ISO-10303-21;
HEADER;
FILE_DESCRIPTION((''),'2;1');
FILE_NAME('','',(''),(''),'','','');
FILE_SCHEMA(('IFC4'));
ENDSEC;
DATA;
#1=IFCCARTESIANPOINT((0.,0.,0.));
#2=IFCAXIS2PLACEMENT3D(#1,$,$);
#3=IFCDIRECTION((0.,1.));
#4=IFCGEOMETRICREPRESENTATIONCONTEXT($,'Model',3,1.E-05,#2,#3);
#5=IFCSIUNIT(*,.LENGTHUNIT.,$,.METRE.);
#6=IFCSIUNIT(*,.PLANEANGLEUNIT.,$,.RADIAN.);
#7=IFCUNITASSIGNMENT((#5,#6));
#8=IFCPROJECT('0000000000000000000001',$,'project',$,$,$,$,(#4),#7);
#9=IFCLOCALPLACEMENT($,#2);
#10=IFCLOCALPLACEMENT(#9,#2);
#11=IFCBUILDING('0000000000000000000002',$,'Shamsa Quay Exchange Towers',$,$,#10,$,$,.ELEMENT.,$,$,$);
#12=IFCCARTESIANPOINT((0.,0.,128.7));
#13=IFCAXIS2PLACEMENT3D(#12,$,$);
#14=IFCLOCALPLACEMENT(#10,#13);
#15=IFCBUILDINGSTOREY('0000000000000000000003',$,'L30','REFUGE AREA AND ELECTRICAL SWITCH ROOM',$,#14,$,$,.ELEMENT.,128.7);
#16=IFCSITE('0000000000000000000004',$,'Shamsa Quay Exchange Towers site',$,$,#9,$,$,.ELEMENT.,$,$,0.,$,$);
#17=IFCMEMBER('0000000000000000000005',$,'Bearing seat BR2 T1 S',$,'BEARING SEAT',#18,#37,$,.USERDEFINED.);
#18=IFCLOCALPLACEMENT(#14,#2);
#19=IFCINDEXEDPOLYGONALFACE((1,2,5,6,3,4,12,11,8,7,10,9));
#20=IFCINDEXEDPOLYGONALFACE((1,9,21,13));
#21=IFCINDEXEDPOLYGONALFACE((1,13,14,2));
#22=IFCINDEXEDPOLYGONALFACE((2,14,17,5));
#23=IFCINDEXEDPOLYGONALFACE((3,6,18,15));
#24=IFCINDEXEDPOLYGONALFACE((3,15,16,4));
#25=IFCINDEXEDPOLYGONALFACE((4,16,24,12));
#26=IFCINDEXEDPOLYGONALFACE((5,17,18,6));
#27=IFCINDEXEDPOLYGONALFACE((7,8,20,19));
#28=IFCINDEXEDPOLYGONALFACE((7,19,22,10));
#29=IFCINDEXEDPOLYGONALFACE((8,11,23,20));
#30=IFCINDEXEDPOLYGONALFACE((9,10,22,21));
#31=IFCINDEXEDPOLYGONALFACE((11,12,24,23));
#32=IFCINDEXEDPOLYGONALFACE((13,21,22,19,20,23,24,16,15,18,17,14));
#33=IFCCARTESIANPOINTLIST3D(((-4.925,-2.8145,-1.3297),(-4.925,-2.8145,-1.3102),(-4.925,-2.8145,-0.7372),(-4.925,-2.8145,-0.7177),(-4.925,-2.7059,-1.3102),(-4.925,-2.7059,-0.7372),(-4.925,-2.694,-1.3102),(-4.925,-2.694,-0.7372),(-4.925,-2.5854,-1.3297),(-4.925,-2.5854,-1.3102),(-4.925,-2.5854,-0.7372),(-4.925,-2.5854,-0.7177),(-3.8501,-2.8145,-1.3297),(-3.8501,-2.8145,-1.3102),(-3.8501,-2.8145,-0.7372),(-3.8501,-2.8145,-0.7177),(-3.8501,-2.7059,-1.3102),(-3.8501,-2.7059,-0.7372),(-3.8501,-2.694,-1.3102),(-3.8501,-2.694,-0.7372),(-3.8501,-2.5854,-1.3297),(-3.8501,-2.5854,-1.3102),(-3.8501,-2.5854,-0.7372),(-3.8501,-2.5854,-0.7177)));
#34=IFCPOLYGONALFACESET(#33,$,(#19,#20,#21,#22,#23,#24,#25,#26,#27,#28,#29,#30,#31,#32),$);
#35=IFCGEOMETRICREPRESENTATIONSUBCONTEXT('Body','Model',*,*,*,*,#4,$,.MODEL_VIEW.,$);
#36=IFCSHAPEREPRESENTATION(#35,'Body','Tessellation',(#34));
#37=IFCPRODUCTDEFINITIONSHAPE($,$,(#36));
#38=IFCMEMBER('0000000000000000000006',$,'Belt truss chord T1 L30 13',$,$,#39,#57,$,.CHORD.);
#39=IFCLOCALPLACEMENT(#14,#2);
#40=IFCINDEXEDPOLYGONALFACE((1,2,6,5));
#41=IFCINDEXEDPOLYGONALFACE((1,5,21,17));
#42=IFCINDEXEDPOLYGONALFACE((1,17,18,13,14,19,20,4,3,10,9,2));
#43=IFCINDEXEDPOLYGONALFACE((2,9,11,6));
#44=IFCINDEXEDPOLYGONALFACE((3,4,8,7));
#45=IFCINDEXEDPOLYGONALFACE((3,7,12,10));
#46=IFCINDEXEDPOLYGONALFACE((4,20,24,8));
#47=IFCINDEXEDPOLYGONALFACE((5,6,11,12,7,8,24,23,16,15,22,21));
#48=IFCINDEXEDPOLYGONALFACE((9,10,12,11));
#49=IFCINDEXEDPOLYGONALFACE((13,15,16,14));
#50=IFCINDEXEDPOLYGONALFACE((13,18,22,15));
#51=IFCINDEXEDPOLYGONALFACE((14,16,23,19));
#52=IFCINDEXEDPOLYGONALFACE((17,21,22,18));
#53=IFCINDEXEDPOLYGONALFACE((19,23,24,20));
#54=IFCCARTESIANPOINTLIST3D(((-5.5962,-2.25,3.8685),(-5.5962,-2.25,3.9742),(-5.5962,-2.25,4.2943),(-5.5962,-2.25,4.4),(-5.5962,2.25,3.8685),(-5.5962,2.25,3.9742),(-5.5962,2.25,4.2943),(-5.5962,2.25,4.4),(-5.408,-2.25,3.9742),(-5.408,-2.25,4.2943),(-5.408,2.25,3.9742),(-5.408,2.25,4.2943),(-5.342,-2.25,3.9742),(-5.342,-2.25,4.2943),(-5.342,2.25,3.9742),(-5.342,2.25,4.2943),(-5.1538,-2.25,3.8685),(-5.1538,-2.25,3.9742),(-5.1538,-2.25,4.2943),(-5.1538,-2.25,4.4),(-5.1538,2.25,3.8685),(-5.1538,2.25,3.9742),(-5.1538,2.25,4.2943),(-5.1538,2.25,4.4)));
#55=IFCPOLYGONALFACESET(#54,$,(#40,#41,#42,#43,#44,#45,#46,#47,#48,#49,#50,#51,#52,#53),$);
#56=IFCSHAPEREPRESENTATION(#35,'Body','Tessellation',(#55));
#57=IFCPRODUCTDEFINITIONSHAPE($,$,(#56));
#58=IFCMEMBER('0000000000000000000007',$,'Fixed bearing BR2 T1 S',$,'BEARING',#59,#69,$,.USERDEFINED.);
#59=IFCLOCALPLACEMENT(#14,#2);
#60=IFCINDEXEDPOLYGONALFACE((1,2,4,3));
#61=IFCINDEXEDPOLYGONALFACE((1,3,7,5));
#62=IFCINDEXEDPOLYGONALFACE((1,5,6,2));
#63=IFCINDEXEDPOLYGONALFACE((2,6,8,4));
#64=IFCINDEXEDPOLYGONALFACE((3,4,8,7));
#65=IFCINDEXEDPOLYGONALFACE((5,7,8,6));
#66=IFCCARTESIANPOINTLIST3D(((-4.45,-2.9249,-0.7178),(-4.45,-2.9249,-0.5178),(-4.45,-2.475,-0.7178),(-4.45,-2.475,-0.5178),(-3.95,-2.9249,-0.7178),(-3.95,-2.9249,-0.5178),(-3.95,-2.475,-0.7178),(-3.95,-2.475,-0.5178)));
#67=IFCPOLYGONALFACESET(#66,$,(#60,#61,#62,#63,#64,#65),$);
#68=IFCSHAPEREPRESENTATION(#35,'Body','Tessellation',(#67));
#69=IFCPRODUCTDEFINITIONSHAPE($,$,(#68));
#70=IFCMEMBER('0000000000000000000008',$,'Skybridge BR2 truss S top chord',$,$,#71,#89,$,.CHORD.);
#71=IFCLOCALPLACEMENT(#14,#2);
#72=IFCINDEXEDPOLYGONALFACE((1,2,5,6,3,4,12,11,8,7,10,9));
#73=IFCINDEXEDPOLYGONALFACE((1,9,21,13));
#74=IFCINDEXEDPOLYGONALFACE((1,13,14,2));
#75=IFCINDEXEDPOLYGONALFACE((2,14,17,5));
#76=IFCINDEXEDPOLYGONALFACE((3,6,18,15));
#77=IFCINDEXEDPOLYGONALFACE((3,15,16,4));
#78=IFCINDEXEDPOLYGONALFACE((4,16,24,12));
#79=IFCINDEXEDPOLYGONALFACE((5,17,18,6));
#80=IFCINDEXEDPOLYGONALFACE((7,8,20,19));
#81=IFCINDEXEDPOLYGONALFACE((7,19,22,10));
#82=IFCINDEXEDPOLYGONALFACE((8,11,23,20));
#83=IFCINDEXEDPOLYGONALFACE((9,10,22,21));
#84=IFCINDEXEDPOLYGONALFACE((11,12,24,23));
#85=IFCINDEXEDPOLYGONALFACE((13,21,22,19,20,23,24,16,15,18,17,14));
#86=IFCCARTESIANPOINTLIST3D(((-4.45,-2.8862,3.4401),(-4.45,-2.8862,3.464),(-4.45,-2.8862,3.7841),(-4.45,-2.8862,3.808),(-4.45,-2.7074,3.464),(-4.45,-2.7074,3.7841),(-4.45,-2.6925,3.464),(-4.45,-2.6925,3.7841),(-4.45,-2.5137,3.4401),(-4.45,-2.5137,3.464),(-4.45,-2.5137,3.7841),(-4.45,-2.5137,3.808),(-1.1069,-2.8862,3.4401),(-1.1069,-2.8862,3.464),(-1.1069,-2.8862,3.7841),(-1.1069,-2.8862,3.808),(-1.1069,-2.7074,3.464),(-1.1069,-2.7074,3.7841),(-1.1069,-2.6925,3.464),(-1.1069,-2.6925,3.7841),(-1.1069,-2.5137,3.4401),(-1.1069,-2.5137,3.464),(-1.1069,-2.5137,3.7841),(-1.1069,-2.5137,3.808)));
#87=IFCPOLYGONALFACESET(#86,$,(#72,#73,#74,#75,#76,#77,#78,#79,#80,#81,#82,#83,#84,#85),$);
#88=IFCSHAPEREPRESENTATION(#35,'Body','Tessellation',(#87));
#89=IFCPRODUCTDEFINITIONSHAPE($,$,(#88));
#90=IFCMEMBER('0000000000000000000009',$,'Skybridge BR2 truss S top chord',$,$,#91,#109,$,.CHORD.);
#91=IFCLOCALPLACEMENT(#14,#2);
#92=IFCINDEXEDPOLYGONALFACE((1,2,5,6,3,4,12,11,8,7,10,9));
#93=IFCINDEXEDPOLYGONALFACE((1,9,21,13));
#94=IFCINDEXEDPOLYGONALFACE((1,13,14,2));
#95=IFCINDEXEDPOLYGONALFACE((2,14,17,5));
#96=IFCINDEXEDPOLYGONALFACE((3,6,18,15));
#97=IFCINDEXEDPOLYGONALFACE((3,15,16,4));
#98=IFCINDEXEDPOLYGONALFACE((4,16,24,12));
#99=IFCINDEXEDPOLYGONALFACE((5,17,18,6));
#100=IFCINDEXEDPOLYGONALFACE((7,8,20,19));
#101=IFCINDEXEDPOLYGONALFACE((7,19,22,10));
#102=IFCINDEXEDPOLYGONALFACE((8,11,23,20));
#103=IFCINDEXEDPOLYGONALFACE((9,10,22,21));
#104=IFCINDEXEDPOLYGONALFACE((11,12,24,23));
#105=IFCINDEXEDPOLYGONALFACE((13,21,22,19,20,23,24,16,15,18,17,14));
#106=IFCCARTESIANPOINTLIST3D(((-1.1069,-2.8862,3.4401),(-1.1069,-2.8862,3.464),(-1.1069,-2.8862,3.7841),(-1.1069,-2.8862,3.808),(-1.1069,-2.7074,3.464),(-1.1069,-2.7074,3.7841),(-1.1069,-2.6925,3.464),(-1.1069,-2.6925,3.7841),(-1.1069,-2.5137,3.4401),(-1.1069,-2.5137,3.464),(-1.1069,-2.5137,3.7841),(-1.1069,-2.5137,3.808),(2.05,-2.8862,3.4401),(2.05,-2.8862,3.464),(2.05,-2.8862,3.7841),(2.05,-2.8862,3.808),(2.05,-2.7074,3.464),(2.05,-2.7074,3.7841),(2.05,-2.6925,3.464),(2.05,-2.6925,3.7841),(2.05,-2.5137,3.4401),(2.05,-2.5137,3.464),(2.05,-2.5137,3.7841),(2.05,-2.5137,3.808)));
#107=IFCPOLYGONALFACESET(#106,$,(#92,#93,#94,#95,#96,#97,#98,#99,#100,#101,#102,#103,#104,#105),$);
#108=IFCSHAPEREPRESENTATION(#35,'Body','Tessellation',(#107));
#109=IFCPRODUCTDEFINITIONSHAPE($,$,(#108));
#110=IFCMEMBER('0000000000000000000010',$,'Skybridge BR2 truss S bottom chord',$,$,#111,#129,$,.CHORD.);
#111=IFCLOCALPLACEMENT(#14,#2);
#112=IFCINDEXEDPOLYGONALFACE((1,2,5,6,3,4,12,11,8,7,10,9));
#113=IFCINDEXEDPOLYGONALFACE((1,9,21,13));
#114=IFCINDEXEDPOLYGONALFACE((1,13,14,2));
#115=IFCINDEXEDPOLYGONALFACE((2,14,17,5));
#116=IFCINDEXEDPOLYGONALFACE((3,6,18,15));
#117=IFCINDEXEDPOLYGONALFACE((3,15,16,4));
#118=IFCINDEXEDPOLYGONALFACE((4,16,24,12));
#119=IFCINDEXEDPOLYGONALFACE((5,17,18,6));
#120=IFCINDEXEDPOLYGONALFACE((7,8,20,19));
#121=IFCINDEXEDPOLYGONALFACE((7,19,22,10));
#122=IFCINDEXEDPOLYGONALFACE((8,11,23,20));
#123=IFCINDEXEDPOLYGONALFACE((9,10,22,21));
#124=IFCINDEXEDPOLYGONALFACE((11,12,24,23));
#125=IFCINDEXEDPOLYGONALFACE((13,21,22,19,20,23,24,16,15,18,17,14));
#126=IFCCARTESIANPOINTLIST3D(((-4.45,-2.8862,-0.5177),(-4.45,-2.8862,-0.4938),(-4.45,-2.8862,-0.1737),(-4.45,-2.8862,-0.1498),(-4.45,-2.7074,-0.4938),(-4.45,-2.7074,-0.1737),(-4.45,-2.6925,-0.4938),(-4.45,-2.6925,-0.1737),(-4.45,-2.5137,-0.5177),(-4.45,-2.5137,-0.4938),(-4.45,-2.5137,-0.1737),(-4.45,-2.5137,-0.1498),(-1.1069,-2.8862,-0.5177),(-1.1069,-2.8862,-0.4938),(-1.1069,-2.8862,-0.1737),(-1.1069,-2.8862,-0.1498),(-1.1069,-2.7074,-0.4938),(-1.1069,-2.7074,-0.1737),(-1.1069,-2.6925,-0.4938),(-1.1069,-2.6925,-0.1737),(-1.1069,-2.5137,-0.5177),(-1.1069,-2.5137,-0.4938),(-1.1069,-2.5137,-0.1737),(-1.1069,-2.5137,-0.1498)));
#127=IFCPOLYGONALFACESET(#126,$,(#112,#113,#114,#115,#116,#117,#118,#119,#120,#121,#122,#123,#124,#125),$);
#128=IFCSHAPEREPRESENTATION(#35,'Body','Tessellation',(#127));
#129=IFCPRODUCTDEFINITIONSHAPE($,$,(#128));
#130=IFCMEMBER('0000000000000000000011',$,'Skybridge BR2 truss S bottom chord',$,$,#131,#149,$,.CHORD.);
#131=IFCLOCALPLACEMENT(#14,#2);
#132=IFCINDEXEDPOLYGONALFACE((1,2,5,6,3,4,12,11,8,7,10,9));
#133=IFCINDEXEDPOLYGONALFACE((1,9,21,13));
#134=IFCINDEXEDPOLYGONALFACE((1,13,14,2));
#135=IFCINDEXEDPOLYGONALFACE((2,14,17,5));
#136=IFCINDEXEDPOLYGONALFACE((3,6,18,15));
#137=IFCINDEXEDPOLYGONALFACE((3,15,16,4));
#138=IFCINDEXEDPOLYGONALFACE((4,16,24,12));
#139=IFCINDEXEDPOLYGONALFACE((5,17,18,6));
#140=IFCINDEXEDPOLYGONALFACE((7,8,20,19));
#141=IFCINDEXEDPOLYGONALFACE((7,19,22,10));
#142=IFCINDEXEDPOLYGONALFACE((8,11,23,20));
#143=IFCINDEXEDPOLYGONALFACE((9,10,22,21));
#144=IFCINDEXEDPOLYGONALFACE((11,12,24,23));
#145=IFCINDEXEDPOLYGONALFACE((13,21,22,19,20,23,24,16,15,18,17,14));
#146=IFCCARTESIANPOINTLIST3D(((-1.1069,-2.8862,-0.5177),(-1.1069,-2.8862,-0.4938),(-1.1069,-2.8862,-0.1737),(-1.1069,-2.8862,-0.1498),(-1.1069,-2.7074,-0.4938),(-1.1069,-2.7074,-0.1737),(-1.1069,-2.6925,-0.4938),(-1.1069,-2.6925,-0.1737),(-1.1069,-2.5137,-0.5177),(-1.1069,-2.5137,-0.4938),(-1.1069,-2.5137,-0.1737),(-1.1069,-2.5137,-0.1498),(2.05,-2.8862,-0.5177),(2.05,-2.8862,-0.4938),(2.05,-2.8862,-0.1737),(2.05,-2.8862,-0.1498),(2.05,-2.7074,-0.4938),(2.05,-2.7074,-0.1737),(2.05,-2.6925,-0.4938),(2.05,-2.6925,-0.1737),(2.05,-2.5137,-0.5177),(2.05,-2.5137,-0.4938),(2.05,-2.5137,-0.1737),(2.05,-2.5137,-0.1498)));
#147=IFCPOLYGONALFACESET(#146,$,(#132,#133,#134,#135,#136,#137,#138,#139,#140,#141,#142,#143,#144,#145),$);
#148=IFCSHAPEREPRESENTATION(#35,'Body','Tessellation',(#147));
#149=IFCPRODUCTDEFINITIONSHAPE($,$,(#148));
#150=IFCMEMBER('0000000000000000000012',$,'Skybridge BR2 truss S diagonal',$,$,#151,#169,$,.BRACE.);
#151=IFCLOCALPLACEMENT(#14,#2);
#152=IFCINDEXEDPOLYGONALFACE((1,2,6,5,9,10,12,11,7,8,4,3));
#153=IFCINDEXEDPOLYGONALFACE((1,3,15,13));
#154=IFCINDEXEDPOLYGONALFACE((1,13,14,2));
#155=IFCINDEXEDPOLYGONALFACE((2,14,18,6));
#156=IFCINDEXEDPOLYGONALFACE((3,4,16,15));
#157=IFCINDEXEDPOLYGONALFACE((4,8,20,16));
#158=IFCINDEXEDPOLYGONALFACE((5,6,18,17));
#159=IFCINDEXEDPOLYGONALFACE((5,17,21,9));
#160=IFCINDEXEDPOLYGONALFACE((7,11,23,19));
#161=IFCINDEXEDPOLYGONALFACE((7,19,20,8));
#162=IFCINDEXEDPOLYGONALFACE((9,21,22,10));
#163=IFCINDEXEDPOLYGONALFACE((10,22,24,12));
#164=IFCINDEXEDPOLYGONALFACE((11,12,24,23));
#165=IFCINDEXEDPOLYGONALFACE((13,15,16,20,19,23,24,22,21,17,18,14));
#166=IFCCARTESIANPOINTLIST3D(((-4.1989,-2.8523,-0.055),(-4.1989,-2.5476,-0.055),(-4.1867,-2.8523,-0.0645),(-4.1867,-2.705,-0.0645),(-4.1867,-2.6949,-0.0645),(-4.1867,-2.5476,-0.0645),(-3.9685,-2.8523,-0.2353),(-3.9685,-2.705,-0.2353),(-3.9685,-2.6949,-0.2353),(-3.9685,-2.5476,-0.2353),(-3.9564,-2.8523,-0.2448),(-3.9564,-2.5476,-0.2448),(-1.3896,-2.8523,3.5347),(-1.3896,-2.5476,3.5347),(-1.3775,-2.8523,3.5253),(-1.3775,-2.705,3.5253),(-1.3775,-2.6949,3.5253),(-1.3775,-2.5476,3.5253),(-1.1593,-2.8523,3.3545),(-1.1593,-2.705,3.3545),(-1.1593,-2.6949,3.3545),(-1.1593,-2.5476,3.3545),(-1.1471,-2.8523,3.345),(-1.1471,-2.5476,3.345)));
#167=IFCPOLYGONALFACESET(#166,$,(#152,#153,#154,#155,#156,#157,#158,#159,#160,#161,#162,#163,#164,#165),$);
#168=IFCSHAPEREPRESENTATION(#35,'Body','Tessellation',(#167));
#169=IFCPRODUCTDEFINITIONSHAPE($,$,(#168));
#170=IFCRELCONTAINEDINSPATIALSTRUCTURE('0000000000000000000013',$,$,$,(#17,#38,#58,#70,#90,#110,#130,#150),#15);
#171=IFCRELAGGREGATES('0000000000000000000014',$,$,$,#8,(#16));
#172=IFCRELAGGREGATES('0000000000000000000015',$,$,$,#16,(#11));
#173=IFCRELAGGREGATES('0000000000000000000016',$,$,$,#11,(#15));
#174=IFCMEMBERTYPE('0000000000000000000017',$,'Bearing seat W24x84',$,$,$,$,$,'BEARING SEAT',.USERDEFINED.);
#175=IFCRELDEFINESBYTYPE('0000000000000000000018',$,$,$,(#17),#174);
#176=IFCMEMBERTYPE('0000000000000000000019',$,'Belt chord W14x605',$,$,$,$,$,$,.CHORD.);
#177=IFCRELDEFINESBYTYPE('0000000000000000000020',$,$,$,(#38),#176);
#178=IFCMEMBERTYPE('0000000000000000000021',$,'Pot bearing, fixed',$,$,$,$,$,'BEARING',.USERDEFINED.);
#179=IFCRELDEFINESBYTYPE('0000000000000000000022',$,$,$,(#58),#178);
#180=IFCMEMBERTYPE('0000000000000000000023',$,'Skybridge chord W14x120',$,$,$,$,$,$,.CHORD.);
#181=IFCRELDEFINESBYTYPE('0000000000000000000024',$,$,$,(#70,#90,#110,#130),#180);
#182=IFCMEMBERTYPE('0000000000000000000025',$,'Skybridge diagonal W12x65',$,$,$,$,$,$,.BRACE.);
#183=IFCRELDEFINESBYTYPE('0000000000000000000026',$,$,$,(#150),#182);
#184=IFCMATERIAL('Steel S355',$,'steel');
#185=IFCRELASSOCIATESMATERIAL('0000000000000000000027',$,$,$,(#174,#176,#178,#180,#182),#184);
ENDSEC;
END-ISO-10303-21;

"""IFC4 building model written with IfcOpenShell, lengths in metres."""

from ifc_helpers import new_model, si_unit, direction, frame, origin, origin_2d, place, context, subcontext, project, spatial, rectangle, i_section, extrude, material, material_profile, profile_set, type_object, element, save


model = new_model("IFC4")

# Units and contexts
model_context = context("Model", 3, precision=1e-05, world=origin(), true_north=direction((0.0, 1.0)))
body_context = subcontext(model_context, "Body", "Model", "MODEL_VIEW")
ifc_project = project(units=[si_unit("LENGTHUNIT", "METRE"), si_unit("PLANEANGLEUNIT", "RADIAN")], contexts=[model_context])

# Site, building, storey
site_placement = place(None, origin())
site = spatial("IfcSite", under=ifc_project, at=site_placement, Name="Shamsa Quay Exchange Towers site", CompositionType="ELEMENT", RefElevation=0.0)
building_placement = place(site_placement, origin())
building = spatial("IfcBuilding", under=site, at=building_placement, Name="Shamsa Quay Exchange Towers", CompositionType="ELEMENT")
storey_placement = place(building_placement, frame((0.0, 0.0, 128.7)))
storey = spatial("IfcBuildingStorey", under=building, at=storey_placement, Name="L30", Description="REFUGE AREA AND ELECTRICAL SWITCH ROOM", CompositionType="ELEMENT", Elevation=128.7)

# Members
ifc_material_1 = material(Name="Steel S355", Category="steel")
ifc_material_profile_1 = material_profile(ifc_material_1, i_section(OverallWidth=0.229, OverallDepth=0.6121, WebThickness=0.012, FlangeThickness=0.0195, at=origin_2d()), Name="W24x84")
ifc_profile_set_1 = profile_set([ifc_material_profile_1], Name="Steel S355")
member_type_1 = type_object("IfcMemberType", Name="Bearing seat W24x84", ElementType="BEARING SEAT", PredefinedType="USERDEFINED", material=ifc_profile_set_1)
member_1_placement = place(storey_placement, frame((-4.925, -2.7, -1.0237), z_axis=(1.0, 0.0, 0.0), x_axis=(0.0, 1.0, 0.0)))
element("IfcMember", 1, at=member_1_placement, inside=storey, type_object=member_type_1, Name="Bearing seat BR2 T1 S", ObjectType="BEARING SEAT", PredefinedType="USERDEFINED", context=body_context, shape_type="SweptSolid", body=[
    extrude(i_section(OverallWidth=0.229, OverallDepth=0.6121, WebThickness=0.012, FlangeThickness=0.0195, at=origin_2d()), origin(), (0.0, 0.0, 1.0), 1.075),
])
ifc_material_profile_2 = material_profile(ifc_material_1, i_section(OverallWidth=0.4424, OverallDepth=0.5315, WebThickness=0.0659, FlangeThickness=0.1057, at=origin_2d()), Name="W14x605")
ifc_profile_set_2 = profile_set([ifc_material_profile_2], Name="Steel S355")
member_type_2 = type_object("IfcMemberType", Name="Belt chord W14x605", PredefinedType="CHORD", material=ifc_profile_set_2)
member_2_placement = place(storey_placement, frame((-5.375, -2.25, 4.1343), z_axis=(0.0, 1.0, 0.0), x_axis=(-1.0, 0.0, 0.0)))
element("IfcMember", 2, at=member_2_placement, inside=storey, type_object=member_type_2, Name="Belt truss chord T1 L30 13", PredefinedType="CHORD", context=body_context, shape_type="SweptSolid", body=[
    extrude(i_section(OverallWidth=0.4424, OverallDepth=0.5315, WebThickness=0.0659, FlangeThickness=0.1057, at=origin_2d()), origin(), (0.0, 0.0, 1.0), 4.5),
])
ifc_material_profile_3 = material_profile(ifc_material_1, rectangle(XDim=0.5, YDim=0.2, at=origin_2d()), Name="500x200")
ifc_profile_set_3 = profile_set([ifc_material_profile_3], Name="Steel S355")
member_type_3 = type_object("IfcMemberType", Name="Pot bearing, fixed", ElementType="BEARING", PredefinedType="USERDEFINED", material=ifc_profile_set_3)
member_3_placement = place(storey_placement, frame((-4.2, -2.7, -0.7178)))
element("IfcMember", 3, at=member_3_placement, inside=storey, type_object=member_type_3, Name="Fixed bearing BR2 T1 S", ObjectType="BEARING", PredefinedType="USERDEFINED", context=body_context, shape_type="SweptSolid", body=[
    extrude(rectangle(XDim=0.5, YDim=0.45, at=origin_2d()), origin(), (0.0, 0.0, 1.0), 0.2),
])
ifc_material_profile_4 = material_profile(ifc_material_1, i_section(OverallWidth=0.3726, OverallDepth=0.3679, WebThickness=0.0149, FlangeThickness=0.0239, at=origin_2d()), Name="W14x120")
ifc_profile_set_4 = profile_set([ifc_material_profile_4], Name="Steel S355")
member_type_4 = type_object("IfcMemberType", Name="Skybridge chord W14x120", PredefinedType="CHORD", material=ifc_profile_set_4)
member_4_placement = place(storey_placement, frame((-4.45, -2.7, 3.624), z_axis=(1.0, 0.0, 0.0), x_axis=(0.0, 1.0, 0.0)))
element("IfcMember", 4, at=member_4_placement, inside=storey, type_object=member_type_4, Name="Skybridge BR2 truss S top chord", PredefinedType="CHORD", context=body_context, shape_type="SweptSolid", body=[
    extrude(i_section(OverallWidth=0.3726, OverallDepth=0.3679, WebThickness=0.0149, FlangeThickness=0.0239, at=origin_2d()), origin(), (0.0, 0.0, 1.0), 3.343),
])
member_5_placement = place(storey_placement, frame((-1.1069, -2.7, 3.624), z_axis=(1.0, 0.0, 0.0), x_axis=(0.0, 1.0, 0.0)))
element("IfcMember", 5, at=member_5_placement, inside=storey, type_object=member_type_4, Name="Skybridge BR2 truss S top chord", PredefinedType="CHORD", context=body_context, shape_type="SweptSolid", body=[
    extrude(i_section(OverallWidth=0.3726, OverallDepth=0.3679, WebThickness=0.0149, FlangeThickness=0.0239, at=origin_2d()), origin(), (0.0, 0.0, 1.0), 3.157),
])
member_6_placement = place(storey_placement, frame((-4.45, -2.7, -0.3337), z_axis=(1.0, 0.0, 0.0), x_axis=(0.0, 1.0, 0.0)))
element("IfcMember", 6, at=member_6_placement, inside=storey, type_object=member_type_4, Name="Skybridge BR2 truss S bottom chord", PredefinedType="CHORD", context=body_context, shape_type="SweptSolid", body=[
    extrude(i_section(OverallWidth=0.3726, OverallDepth=0.3679, WebThickness=0.0149, FlangeThickness=0.0239, at=origin_2d()), origin(), (0.0, 0.0, 1.0), 3.343),
])
member_7_placement = place(storey_placement, frame((-1.1069, -2.7, -0.3337), z_axis=(1.0, 0.0, 0.0), x_axis=(0.0, 1.0, 0.0)))
element("IfcMember", 7, at=member_7_placement, inside=storey, type_object=member_type_4, Name="Skybridge BR2 truss S bottom chord", PredefinedType="CHORD", context=body_context, shape_type="SweptSolid", body=[
    extrude(i_section(OverallWidth=0.3726, OverallDepth=0.3679, WebThickness=0.0149, FlangeThickness=0.0239, at=origin_2d()), origin(), (0.0, 0.0, 1.0), 3.157),
])
ifc_material_profile_5 = material_profile(ifc_material_1, i_section(OverallWidth=0.3047, OverallDepth=0.3079, WebThickness=0.01, FlangeThickness=0.0154, at=origin_2d()), Name="W12x65")
ifc_profile_set_5 = profile_set([ifc_material_profile_5], Name="Steel S355")
member_type_5 = type_object("IfcMemberType", Name="Skybridge diagonal W12x65", PredefinedType="BRACE", material=ifc_profile_set_5)
member_8_placement = place(storey_placement, frame((-4.0776, -2.7, -0.1499), z_axis=(0.616292, 0.0, 0.787517), x_axis=(0.0, 1.0, 0.0)))
element("IfcMember", 8, at=member_8_placement, inside=storey, type_object=member_type_5, Name="Skybridge BR2 truss S diagonal", PredefinedType="BRACE", context=body_context, shape_type="SweptSolid", body=[
    extrude(i_section(OverallWidth=0.3047, OverallDepth=0.3079, WebThickness=0.01, FlangeThickness=0.0154, at=origin_2d()), origin(), (0.0, 0.0, 1.0), 4.5583),
])

save(model, "model.ifc")
